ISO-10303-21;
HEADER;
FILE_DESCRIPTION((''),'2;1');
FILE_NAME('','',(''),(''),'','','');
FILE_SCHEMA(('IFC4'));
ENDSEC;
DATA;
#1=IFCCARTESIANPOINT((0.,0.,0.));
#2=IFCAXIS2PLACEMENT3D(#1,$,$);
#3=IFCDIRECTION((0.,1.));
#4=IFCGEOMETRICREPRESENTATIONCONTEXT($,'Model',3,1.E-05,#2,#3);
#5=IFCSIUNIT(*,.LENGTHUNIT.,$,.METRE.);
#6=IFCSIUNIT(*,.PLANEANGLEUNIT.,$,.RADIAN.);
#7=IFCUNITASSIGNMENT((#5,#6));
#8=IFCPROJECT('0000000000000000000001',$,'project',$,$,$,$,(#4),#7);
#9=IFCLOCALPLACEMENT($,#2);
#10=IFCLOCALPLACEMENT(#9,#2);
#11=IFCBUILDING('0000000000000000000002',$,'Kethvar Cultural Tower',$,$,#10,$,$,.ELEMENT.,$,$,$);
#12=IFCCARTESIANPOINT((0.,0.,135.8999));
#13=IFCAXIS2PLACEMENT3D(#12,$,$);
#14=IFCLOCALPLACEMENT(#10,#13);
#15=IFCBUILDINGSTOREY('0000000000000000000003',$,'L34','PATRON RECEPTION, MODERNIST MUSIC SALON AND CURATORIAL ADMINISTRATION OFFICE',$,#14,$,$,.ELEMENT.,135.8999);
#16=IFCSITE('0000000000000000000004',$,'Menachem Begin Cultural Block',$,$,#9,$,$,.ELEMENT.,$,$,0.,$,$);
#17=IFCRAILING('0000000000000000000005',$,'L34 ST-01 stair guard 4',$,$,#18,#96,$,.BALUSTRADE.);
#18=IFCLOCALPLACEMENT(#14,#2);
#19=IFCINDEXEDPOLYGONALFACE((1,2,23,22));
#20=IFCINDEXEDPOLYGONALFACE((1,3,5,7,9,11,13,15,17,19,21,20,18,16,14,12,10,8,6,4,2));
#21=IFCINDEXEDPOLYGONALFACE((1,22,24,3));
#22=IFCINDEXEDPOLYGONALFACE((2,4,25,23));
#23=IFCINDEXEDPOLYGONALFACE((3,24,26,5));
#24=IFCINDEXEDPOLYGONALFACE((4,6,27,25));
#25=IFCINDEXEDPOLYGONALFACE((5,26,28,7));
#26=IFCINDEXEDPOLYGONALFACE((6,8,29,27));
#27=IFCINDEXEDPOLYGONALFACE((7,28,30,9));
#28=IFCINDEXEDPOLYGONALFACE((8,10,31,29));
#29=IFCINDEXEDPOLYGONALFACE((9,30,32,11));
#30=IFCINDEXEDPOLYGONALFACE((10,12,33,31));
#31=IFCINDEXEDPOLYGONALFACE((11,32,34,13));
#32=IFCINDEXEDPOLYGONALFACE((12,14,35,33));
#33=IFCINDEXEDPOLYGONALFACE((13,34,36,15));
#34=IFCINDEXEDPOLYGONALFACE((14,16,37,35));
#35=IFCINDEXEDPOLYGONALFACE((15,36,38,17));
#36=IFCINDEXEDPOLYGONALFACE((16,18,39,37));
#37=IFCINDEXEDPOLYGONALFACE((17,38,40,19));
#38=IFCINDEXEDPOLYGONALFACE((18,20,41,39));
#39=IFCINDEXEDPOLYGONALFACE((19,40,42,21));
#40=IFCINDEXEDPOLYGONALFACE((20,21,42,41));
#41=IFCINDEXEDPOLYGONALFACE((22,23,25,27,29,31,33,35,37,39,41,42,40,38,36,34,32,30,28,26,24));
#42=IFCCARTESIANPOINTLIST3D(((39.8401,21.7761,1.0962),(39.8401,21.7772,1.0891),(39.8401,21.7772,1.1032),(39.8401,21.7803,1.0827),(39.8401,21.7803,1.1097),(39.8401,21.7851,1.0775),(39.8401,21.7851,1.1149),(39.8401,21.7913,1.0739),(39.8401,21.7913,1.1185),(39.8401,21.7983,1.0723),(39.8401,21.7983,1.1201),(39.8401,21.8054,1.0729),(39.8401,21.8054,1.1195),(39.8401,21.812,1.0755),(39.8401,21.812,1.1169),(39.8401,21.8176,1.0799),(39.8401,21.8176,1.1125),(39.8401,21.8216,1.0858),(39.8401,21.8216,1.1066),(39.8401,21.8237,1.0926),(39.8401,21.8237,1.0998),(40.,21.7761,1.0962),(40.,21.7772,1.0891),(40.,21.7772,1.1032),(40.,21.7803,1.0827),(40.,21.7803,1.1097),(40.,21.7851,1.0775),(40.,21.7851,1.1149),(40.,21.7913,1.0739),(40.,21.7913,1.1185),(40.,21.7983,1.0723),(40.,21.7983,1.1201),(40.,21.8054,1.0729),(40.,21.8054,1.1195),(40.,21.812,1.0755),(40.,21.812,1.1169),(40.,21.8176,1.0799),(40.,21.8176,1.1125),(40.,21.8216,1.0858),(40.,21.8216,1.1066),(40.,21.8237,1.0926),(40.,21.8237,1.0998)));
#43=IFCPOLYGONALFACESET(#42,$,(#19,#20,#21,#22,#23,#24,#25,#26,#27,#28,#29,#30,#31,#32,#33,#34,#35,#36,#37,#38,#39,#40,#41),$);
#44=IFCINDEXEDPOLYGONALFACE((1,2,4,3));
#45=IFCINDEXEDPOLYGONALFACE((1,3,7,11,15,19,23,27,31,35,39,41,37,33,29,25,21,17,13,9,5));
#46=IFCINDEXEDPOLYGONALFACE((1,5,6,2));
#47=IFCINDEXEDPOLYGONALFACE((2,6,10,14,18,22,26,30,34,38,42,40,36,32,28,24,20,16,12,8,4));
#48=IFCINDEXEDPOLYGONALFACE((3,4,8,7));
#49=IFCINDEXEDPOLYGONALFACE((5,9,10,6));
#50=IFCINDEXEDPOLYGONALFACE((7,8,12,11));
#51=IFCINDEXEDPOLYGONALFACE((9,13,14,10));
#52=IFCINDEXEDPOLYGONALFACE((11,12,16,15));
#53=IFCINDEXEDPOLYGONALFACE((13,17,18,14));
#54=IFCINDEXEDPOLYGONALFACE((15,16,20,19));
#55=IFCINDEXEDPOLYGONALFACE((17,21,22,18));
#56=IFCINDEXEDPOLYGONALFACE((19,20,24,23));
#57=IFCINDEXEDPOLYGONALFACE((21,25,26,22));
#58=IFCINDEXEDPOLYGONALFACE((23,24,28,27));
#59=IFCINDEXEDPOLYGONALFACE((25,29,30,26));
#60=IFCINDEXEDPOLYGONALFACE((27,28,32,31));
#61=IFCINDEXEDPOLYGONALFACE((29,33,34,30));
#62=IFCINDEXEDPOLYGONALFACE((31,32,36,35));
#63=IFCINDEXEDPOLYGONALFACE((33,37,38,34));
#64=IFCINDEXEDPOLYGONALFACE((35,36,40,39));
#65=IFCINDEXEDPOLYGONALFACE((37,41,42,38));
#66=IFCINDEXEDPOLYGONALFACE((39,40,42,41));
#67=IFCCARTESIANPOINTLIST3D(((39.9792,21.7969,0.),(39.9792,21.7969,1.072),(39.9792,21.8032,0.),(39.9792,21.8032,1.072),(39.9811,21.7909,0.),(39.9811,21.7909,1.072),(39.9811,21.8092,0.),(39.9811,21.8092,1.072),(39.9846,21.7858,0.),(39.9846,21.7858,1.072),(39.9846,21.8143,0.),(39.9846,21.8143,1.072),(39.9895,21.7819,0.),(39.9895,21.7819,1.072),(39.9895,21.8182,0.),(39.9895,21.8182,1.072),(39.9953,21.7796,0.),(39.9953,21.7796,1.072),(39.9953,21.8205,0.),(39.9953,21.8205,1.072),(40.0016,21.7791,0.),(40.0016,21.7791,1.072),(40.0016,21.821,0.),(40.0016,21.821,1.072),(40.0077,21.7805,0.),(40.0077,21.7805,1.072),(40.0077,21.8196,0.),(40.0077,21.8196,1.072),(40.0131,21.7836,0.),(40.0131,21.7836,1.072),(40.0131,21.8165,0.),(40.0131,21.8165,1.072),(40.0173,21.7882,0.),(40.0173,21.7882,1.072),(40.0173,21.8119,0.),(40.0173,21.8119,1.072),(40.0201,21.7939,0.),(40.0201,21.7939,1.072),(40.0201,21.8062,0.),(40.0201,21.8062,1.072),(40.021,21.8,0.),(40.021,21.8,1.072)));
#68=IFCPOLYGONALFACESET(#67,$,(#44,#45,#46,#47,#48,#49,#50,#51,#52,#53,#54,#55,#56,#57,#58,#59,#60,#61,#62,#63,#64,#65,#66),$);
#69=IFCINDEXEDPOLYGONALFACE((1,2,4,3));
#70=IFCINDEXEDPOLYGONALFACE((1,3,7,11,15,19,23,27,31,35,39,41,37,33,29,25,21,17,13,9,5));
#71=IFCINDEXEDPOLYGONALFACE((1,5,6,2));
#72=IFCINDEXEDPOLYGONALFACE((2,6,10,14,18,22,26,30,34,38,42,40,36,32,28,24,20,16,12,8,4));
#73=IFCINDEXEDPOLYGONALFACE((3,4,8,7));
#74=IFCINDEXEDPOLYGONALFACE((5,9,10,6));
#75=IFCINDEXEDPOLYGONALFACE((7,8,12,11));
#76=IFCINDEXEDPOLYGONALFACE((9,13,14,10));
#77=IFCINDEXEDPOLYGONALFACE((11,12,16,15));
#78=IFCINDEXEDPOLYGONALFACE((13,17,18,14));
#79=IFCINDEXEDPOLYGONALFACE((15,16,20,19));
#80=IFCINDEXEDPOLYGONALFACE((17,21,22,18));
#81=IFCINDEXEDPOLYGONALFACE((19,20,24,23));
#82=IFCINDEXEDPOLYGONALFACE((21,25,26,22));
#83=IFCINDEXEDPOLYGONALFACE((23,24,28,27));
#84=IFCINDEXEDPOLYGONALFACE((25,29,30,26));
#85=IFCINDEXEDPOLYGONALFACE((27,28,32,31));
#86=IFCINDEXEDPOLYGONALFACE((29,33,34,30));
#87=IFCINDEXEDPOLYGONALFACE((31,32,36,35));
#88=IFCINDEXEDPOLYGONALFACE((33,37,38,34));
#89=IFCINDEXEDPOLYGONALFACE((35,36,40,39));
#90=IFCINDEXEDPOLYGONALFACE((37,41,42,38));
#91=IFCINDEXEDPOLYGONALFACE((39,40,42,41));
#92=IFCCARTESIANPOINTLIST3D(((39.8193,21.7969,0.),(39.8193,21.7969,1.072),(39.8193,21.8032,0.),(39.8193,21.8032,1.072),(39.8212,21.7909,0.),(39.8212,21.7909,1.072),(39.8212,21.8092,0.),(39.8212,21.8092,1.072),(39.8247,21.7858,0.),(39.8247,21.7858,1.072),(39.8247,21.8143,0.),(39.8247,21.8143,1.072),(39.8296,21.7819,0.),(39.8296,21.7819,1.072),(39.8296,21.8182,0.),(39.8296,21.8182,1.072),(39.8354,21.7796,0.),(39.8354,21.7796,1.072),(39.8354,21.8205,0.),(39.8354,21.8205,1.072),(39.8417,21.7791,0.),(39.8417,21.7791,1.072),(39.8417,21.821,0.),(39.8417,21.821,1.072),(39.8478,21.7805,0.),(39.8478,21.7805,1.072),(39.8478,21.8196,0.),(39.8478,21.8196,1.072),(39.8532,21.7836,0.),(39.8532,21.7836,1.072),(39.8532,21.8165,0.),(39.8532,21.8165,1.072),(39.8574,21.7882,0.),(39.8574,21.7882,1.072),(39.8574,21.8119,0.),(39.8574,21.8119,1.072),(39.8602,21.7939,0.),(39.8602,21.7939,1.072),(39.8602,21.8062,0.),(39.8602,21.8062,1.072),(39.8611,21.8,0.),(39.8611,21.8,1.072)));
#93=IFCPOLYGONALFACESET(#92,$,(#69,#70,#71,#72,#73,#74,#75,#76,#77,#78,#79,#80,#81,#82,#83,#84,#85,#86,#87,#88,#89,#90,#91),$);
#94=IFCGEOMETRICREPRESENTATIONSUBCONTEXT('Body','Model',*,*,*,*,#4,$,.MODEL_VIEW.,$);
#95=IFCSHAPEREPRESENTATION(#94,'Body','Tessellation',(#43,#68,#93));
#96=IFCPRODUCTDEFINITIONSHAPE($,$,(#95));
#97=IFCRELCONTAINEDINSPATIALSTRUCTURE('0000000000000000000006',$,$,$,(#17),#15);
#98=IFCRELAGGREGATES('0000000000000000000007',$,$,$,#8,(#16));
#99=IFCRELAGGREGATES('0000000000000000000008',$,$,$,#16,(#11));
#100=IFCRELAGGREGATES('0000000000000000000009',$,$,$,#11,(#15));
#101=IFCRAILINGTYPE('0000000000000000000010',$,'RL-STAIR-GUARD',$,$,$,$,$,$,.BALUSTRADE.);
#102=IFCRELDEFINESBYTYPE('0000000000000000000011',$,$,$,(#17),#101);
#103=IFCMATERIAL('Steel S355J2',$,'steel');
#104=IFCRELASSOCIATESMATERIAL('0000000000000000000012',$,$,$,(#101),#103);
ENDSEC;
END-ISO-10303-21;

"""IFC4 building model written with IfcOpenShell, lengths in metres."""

from ifc_helpers import new_model, si_unit, direction, frame, origin, origin_2d, place, context, subcontext, project, spatial, circle, extrude, material, type_object, element, save


model = new_model("IFC4")

# Units and contexts
model_context = context("Model", 3, precision=1e-05, world=origin(), true_north=direction((0.0, 1.0)))
body_context = subcontext(model_context, "Body", "Model", "MODEL_VIEW")
ifc_project = project(units=[si_unit("LENGTHUNIT", "METRE"), si_unit("PLANEANGLEUNIT", "RADIAN")], contexts=[model_context])

# Site, building, storey
site_placement = place(None, origin())
site = spatial("IfcSite", under=ifc_project, at=site_placement, Name="Menachem Begin Cultural Block", CompositionType="ELEMENT", RefElevation=0.0)
building_placement = place(site_placement, origin())
building = spatial("IfcBuilding", under=site, at=building_placement, Name="Kethvar Cultural Tower", CompositionType="ELEMENT")
storey_placement = place(building_placement, frame((0.0, 0.0, 135.8999)))
storey = spatial("IfcBuildingStorey", under=building, at=storey_placement, Name="L34", Description="PATRON RECEPTION, MODERNIST MUSIC SALON AND CURATORIAL ADMINISTRATION OFFICE", CompositionType="ELEMENT", Elevation=135.8999)

# Shared definitions
ifc_material_1 = material(Name="Steel S355J2", Category="steel")

# Railing
railing_type_1 = type_object("IfcRailingType", Name="RL-STAIR-GUARD", PredefinedType="BALUSTRADE", material=ifc_material_1)
railing_1_placement = place(storey_placement, frame((40.0, 21.8, 0.0)))
element("IfcRailing", 1, at=railing_1_placement, inside=storey, type_object=railing_type_1, Name="L34 ST-01 stair guard 4", PredefinedType="BALUSTRADE", context=body_context, shape_type="SweptSolid", body=[
    extrude(circle(Radius=0.0239, at=origin_2d()), frame((0.0, 0.0, 1.0962), z_axis=(-1.0, 0.0, 0.0), x_axis=(0.0, -1.0, 0.0)), (0.0, 0.0, 1.0), 0.1599),
    extrude(circle(Radius=0.021, at=origin_2d()), origin(), (0.0, 0.0, 1.0), 1.072),
    extrude(circle(Radius=0.021, at=origin_2d()), frame((-0.1599, 0.0, 0.0)), (0.0, 0.0, 1.0), 1.072),
])

save(model, "model.ifc")
